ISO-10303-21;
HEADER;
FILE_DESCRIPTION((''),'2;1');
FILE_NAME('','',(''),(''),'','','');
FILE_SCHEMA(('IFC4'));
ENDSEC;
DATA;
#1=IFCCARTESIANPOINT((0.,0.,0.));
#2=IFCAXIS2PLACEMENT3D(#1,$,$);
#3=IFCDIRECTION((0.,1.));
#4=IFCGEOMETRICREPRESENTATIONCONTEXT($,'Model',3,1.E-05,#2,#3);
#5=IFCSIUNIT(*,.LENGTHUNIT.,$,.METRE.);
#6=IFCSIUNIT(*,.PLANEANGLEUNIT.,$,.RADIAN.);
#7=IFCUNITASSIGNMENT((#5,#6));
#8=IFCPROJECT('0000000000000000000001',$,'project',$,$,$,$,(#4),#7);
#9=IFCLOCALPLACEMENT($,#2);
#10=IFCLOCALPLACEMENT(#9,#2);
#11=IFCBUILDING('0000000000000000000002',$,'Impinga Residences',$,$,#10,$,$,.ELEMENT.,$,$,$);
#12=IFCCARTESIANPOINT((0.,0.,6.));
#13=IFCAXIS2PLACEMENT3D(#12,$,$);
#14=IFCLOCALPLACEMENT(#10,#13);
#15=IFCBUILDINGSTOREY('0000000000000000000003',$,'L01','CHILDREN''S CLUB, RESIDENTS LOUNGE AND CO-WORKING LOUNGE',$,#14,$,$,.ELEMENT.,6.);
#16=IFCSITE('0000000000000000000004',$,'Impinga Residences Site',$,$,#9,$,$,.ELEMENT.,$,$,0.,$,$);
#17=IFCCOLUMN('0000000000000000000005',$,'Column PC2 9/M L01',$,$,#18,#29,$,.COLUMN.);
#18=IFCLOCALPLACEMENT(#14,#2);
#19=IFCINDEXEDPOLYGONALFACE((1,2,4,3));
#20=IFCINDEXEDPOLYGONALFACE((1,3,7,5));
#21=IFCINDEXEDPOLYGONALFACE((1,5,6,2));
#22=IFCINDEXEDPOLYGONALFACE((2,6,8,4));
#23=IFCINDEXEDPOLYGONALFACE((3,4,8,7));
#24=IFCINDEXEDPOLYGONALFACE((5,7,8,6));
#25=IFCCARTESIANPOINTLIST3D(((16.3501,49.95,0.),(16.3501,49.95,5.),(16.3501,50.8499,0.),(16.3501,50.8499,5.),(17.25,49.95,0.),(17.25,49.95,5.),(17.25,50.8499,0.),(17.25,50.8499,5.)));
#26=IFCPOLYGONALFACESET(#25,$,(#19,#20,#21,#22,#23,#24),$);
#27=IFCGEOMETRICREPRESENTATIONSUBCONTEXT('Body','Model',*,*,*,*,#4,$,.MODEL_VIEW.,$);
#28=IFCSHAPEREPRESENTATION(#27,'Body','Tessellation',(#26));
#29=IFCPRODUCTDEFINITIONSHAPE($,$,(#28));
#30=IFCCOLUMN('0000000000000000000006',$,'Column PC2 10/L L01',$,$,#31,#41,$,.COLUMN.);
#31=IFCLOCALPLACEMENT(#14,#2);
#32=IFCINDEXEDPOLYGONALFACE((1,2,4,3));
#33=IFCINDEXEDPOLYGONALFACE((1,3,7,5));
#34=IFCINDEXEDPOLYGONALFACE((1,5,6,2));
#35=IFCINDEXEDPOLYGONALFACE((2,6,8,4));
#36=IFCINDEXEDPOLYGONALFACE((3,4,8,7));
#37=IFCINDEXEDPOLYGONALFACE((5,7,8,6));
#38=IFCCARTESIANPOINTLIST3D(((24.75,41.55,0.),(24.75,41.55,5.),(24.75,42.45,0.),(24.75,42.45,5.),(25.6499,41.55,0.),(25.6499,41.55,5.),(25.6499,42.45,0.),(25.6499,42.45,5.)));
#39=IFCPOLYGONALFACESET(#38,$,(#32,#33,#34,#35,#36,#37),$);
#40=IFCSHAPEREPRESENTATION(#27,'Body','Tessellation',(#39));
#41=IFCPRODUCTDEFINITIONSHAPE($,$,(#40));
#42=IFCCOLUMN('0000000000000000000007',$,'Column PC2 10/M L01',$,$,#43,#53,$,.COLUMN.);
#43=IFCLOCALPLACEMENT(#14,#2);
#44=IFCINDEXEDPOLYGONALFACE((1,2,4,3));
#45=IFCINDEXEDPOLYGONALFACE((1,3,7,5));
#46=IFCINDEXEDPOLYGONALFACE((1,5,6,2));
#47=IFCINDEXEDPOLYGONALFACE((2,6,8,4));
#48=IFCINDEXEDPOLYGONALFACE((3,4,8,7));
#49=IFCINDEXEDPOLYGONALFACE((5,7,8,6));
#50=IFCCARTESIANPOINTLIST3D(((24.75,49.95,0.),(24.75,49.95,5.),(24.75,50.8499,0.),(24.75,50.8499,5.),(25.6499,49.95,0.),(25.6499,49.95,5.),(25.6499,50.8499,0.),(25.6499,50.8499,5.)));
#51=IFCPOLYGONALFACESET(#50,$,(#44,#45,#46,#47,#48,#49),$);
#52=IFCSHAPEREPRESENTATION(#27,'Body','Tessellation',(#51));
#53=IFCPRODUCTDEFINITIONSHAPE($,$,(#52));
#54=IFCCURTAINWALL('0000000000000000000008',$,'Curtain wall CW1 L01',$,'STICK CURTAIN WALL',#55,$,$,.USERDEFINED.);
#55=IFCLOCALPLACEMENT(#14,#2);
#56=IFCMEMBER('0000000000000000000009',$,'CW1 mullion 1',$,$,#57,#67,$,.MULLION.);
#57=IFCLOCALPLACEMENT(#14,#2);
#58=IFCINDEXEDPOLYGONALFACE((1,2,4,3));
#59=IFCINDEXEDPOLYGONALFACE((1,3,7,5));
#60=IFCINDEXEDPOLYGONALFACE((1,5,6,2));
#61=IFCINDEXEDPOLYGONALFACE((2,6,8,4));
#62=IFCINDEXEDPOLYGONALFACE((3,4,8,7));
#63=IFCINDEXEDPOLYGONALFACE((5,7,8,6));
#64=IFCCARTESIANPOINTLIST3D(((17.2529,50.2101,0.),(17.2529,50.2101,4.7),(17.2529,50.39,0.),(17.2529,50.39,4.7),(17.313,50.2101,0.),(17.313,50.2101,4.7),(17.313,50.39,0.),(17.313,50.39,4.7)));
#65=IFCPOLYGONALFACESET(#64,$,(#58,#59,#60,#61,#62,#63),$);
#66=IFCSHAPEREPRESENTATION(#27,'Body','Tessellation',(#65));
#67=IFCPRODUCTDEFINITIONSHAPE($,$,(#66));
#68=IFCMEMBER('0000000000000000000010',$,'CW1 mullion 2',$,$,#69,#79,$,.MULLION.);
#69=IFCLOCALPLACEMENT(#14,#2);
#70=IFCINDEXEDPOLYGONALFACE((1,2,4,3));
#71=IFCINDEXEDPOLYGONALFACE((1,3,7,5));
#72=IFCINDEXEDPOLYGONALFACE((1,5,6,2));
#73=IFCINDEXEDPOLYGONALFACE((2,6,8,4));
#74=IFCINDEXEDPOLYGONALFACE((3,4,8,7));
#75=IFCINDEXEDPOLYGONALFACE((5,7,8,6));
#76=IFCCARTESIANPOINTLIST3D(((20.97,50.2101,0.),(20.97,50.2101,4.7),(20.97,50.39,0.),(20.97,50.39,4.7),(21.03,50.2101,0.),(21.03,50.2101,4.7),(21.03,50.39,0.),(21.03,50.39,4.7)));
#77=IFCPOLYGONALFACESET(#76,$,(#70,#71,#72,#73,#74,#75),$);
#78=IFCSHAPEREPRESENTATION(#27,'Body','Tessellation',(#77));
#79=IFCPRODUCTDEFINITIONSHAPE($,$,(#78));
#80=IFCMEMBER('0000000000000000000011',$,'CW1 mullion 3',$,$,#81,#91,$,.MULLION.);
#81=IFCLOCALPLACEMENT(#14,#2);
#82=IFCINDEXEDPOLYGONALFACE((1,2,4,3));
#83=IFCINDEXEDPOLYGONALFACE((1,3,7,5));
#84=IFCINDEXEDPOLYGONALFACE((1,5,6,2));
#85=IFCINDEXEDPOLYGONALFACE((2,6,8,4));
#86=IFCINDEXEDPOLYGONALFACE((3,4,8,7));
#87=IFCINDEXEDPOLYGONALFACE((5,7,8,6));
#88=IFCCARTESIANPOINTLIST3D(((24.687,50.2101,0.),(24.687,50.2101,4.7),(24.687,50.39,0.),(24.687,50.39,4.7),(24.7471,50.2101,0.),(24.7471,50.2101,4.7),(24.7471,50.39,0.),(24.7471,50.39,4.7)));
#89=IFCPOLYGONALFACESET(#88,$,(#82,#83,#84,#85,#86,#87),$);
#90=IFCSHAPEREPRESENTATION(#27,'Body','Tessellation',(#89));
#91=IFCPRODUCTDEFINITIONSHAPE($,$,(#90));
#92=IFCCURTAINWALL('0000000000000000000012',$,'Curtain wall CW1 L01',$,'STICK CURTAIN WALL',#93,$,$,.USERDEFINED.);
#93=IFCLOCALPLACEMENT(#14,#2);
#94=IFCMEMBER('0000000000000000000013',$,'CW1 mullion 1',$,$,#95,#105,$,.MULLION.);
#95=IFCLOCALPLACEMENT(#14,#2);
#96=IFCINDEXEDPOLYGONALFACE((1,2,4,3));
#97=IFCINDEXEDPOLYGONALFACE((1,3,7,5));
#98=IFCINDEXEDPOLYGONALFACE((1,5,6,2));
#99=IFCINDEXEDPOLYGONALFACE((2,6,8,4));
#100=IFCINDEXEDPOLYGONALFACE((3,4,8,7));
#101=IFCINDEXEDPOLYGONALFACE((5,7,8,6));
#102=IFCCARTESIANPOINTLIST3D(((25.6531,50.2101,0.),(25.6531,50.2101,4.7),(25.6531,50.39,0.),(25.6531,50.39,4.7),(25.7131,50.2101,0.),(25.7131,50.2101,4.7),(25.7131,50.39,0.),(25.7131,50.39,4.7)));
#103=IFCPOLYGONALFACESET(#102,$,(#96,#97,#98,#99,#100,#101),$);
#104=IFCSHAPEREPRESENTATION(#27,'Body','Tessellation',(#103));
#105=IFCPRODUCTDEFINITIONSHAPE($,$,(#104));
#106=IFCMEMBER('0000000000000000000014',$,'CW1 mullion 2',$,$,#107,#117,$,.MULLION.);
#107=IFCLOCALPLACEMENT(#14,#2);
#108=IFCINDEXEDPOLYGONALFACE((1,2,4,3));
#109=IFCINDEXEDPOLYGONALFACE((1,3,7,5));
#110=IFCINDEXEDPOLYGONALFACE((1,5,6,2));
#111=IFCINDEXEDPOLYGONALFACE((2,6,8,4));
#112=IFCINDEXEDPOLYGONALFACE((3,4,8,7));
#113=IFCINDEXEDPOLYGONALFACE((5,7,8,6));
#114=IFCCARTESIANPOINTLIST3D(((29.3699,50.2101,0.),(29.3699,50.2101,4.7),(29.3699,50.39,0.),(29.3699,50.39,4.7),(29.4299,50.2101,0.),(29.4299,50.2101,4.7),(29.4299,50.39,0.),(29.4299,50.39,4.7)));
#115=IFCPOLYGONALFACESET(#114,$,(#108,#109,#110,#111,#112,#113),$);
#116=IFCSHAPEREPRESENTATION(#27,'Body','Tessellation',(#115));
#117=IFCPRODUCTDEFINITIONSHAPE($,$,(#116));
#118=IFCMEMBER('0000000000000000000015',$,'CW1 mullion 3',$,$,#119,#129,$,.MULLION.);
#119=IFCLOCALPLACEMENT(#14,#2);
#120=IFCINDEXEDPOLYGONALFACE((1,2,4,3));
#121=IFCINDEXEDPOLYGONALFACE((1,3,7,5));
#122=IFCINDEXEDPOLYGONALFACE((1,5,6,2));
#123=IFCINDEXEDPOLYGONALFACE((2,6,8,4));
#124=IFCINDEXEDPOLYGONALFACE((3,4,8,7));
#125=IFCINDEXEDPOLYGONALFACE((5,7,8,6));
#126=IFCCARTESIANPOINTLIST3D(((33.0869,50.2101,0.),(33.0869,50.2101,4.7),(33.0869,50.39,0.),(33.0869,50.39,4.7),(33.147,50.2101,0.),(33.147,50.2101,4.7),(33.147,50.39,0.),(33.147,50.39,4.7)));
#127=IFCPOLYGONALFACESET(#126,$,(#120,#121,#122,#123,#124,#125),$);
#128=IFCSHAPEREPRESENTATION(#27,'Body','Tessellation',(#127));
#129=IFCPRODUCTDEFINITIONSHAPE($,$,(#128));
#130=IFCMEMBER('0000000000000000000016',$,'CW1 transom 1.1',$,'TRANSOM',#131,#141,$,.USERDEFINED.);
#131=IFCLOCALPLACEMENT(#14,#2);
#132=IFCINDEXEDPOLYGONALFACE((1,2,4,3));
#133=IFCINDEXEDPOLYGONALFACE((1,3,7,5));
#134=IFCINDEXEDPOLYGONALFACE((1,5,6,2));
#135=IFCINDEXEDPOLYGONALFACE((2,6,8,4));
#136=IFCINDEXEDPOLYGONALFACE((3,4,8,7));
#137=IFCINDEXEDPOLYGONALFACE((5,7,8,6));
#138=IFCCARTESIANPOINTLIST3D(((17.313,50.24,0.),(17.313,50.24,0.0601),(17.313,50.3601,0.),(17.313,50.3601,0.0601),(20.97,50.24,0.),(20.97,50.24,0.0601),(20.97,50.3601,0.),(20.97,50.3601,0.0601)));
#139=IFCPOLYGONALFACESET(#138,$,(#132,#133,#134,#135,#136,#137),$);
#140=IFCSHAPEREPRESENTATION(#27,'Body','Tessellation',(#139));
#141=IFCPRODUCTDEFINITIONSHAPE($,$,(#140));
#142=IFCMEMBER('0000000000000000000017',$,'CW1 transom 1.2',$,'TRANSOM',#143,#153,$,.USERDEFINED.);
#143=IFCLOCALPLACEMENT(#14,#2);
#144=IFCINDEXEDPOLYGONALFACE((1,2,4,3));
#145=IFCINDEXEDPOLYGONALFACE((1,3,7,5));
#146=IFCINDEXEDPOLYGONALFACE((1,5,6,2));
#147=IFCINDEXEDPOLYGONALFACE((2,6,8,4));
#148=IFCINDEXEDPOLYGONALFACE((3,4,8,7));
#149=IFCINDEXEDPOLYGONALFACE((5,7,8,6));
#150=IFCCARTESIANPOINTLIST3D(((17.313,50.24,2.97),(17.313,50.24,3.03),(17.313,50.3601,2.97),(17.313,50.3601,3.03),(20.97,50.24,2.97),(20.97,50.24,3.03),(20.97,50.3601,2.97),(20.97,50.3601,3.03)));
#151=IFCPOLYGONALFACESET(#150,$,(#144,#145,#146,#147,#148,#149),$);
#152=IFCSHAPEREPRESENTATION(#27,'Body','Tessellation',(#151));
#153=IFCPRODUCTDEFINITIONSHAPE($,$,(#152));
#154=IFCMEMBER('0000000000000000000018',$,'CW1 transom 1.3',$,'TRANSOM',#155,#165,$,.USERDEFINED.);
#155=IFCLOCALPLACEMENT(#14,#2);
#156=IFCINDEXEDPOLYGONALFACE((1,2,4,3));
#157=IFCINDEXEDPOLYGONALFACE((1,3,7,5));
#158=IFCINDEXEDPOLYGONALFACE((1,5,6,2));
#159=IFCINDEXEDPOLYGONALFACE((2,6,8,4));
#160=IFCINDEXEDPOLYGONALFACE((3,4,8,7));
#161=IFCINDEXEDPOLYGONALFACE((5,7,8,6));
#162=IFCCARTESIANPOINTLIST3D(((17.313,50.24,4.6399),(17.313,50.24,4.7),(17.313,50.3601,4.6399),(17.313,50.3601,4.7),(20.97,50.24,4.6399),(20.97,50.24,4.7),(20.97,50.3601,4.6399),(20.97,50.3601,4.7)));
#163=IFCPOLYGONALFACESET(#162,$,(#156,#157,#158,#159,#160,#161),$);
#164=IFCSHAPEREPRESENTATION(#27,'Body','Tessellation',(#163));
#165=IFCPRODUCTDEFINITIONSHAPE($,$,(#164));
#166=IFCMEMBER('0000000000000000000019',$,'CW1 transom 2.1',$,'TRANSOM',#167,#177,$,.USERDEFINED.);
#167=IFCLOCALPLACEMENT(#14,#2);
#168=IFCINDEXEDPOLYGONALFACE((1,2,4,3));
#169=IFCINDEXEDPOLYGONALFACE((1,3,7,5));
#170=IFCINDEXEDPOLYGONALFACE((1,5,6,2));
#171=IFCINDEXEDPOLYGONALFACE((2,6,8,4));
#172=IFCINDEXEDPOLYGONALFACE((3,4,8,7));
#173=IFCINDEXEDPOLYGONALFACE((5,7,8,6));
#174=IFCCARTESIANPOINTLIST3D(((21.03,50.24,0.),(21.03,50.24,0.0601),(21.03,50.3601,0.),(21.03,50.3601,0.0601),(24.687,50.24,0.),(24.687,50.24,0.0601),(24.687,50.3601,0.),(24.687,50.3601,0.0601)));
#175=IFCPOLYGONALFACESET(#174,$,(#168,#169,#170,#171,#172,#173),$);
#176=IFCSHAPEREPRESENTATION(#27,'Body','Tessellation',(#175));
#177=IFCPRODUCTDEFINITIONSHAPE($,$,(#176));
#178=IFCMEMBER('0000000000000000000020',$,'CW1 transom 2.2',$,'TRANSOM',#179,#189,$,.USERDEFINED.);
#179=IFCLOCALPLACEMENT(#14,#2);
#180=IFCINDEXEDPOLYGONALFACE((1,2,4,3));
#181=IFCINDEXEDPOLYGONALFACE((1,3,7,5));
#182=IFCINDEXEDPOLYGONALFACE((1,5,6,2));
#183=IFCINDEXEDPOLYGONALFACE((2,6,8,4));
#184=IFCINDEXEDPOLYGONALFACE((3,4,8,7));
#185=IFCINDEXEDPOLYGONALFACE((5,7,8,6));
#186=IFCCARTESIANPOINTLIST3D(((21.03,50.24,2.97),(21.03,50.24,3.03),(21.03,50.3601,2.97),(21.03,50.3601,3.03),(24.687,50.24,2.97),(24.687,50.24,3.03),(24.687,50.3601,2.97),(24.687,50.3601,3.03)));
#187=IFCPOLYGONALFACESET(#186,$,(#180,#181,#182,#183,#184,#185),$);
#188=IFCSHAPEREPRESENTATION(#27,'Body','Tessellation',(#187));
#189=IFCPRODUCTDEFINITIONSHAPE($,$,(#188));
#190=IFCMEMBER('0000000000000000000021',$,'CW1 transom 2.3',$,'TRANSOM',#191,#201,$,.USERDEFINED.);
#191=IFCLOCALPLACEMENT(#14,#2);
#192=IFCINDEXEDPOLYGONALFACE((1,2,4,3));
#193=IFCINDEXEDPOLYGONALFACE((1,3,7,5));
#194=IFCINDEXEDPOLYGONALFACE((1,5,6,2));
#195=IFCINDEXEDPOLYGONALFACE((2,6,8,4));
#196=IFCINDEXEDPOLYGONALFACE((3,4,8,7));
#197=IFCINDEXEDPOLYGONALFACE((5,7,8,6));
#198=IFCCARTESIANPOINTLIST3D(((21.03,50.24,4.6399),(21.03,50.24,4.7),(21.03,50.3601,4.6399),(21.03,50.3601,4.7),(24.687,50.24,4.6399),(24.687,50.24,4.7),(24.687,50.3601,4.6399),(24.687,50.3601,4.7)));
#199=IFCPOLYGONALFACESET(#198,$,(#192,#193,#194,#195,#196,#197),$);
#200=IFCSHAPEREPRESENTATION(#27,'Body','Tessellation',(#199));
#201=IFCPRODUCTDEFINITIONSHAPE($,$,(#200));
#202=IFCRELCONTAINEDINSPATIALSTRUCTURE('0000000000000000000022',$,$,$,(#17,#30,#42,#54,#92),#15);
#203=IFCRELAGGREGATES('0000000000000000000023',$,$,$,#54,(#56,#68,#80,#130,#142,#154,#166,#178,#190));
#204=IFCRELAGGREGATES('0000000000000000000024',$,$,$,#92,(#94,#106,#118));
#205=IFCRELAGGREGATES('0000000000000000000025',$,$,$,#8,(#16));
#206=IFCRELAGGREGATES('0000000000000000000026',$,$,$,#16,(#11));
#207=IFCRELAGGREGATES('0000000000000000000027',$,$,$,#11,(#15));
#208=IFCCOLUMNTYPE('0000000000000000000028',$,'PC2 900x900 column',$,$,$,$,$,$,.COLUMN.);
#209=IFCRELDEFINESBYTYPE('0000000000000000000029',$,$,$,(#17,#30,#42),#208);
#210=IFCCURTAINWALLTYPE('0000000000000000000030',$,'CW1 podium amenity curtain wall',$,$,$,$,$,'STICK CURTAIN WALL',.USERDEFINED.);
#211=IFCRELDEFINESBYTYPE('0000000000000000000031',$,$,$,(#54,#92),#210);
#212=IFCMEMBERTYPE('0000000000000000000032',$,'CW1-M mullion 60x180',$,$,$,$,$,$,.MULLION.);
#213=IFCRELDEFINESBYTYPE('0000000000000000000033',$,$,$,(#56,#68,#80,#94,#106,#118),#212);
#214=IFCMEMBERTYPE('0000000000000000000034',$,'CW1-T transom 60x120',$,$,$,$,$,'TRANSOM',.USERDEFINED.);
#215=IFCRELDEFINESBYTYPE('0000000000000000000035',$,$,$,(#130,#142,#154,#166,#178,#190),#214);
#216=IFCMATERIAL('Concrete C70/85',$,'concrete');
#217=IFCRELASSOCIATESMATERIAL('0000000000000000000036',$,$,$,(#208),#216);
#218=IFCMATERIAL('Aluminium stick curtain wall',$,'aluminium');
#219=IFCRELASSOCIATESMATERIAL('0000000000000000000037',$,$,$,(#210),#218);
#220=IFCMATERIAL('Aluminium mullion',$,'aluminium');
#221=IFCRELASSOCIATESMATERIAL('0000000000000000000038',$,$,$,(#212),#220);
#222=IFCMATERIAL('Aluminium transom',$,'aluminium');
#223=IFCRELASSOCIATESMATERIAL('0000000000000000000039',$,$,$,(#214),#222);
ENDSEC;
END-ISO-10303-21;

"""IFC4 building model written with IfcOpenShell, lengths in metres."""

from ifc_helpers import new_model, si_unit, direction, frame, origin, origin_2d, place, context, subcontext, project, spatial, rectangle, extrude, material, material_profile, profile_set, type_object, element, aggregate, save


model = new_model("IFC4")

# Units and contexts
model_context = context("Model", 3, precision=1e-05, world=origin(), true_north=direction((0.0, 1.0)))
body_context = subcontext(model_context, "Body", "Model", "MODEL_VIEW")
ifc_project = project(units=[si_unit("LENGTHUNIT", "METRE"), si_unit("PLANEANGLEUNIT", "RADIAN")], contexts=[model_context])

# Site, building, storey
site_placement = place(None, origin())
site = spatial("IfcSite", under=ifc_project, at=site_placement, Name="Impinga Residences Site", CompositionType="ELEMENT", RefElevation=0.0)
building_placement = place(site_placement, origin())
building = spatial("IfcBuilding", under=site, at=building_placement, Name="Impinga Residences", CompositionType="ELEMENT")
storey_placement = place(building_placement, frame((0.0, 0.0, 6.0)))
storey = spatial("IfcBuildingStorey", under=building, at=storey_placement, Name="L01", Description="CHILDREN'S CLUB, RESIDENTS LOUNGE AND CO-WORKING LOUNGE", CompositionType="ELEMENT", Elevation=6.0)

# Columns
ifc_material_1 = material(Name="Concrete C70/85", Category="concrete")
ifc_material_profile_1 = material_profile(ifc_material_1, rectangle(XDim=0.8999, YDim=0.8999, at=origin_2d()), Name="RC 900x900")
ifc_profile_set_1 = profile_set([ifc_material_profile_1], Name="Concrete C70/85")
column_type = type_object("IfcColumnType", Name="PC2 900x900 column", PredefinedType="COLUMN", material=ifc_profile_set_1)
for number, where, z_axis, x_axis, name in (
    (1, (16.8, 50.3999, 0.0), (0.0, 0.0, 1.0), (1.0, 0.0, 0.0), "Column PC2 9/M L01"),
    (2, (25.2, 42.0, 0.0), (0.0, 0.0, 1.0), (1.0, 0.0, 0.0), "Column PC2 10/L L01"),
    (3, (25.2, 50.3999, 0.0), (0.0, 0.0, 1.0), (1.0, 0.0, 0.0), "Column PC2 10/M L01"),
):
    element("IfcColumn", number, at=place(storey_placement, frame(where, z_axis=z_axis, x_axis=x_axis)), inside=storey, type_object=column_type, Name=name, PredefinedType="COLUMN", context=body_context, shape_type="SweptSolid", body=[
        extrude(rectangle(XDim=0.8999, YDim=0.8999, at=origin_2d()), origin(), (0.0, 0.0, 1.0), 5.0),
    ])

# Curtain walls, members
ifc_material_2 = material(Name="Aluminium stick curtain wall", Category="aluminium")
curtain_wall_type = type_object("IfcCurtainWallType", Name="CW1 podium amenity curtain wall", ElementType="STICK CURTAIN WALL", PredefinedType="USERDEFINED", material=ifc_material_2)
curtain_wall_1_placement = place(storey_placement, origin())
curtain_wall_1 = element("IfcCurtainWall", 4, at=curtain_wall_1_placement, inside=storey, type_object=curtain_wall_type, Name="Curtain wall CW1 L01", ObjectType="STICK CURTAIN WALL", PredefinedType="USERDEFINED")
ifc_material_3 = material(Name="Aluminium mullion", Category="aluminium")
ifc_material_profile_2 = material_profile(ifc_material_3, rectangle(XDim=0.0601, YDim=0.1799, at=origin_2d()), Name="60x180 mullion")
ifc_profile_set_2 = profile_set([ifc_material_profile_2], Name="Aluminium mullion")
member_type_1 = type_object("IfcMemberType", Name="CW1-M mullion 60x180", PredefinedType="MULLION", material=ifc_profile_set_2)
member_1_placement = place(storey_placement, frame((17.283, 50.3, 0.0), z_axis=(0.0, 0.0, 1.0), x_axis=(1.0, 0.0, 0.0)))
member_1 = element("IfcMember", 5, at=member_1_placement, type_object=member_type_1, Name="CW1 mullion 1", PredefinedType="MULLION", context=body_context, shape_type="SweptSolid", body=[
    extrude(rectangle(XDim=0.0601, YDim=0.1799, at=origin_2d()), origin(), (0.0, 0.0, 1.0), 4.7),
])
member_2_placement = place(storey_placement, frame((21.0, 50.3, 0.0), z_axis=(0.0, 0.0, 1.0), x_axis=(1.0, 0.0, 0.0)))
member_2 = element("IfcMember", 6, at=member_2_placement, type_object=member_type_1, Name="CW1 mullion 2", PredefinedType="MULLION", context=body_context, shape_type="SweptSolid", body=[
    extrude(rectangle(XDim=0.0601, YDim=0.1799, at=origin_2d()), origin(), (0.0, 0.0, 1.0), 4.7),
])
member_3_placement = place(storey_placement, frame((24.717, 50.3, 0.0), z_axis=(0.0, 0.0, 1.0), x_axis=(1.0, 0.0, 0.0)))
member_3 = element("IfcMember", 7, at=member_3_placement, type_object=member_type_1, Name="CW1 mullion 3", PredefinedType="MULLION", context=body_context, shape_type="SweptSolid", body=[
    extrude(rectangle(XDim=0.0601, YDim=0.1799, at=origin_2d()), origin(), (0.0, 0.0, 1.0), 4.7),
])
curtain_wall_2_placement = place(storey_placement, origin())
curtain_wall_2 = element("IfcCurtainWall", 8, at=curtain_wall_2_placement, inside=storey, type_object=curtain_wall_type, Name="Curtain wall CW1 L01", ObjectType="STICK CURTAIN WALL", PredefinedType="USERDEFINED")
member_4_placement = place(storey_placement, frame((25.6831, 50.3, 0.0), z_axis=(0.0, 0.0, 1.0), x_axis=(1.0, 0.0, 0.0)))
member_4 = element("IfcMember", 9, at=member_4_placement, type_object=member_type_1, Name="CW1 mullion 1", PredefinedType="MULLION", context=body_context, shape_type="SweptSolid", body=[
    extrude(rectangle(XDim=0.0601, YDim=0.1799, at=origin_2d()), origin(), (0.0, 0.0, 1.0), 4.7),
])
member_5_placement = place(storey_placement, frame((29.3999, 50.3, 0.0), z_axis=(0.0, 0.0, 1.0), x_axis=(1.0, 0.0, 0.0)))
member_5 = element("IfcMember", 10, at=member_5_placement, type_object=member_type_1, Name="CW1 mullion 2", PredefinedType="MULLION", context=body_context, shape_type="SweptSolid", body=[
    extrude(rectangle(XDim=0.0601, YDim=0.1799, at=origin_2d()), origin(), (0.0, 0.0, 1.0), 4.7),
])
member_6_placement = place(storey_placement, frame((33.1169, 50.3, 0.0), z_axis=(0.0, 0.0, 1.0), x_axis=(1.0, 0.0, 0.0)))
member_6 = element("IfcMember", 11, at=member_6_placement, type_object=member_type_1, Name="CW1 mullion 3", PredefinedType="MULLION", context=body_context, shape_type="SweptSolid", body=[
    extrude(rectangle(XDim=0.0601, YDim=0.1799, at=origin_2d()), origin(), (0.0, 0.0, 1.0), 4.7),
])

# Members
ifc_material_4 = material(Name="Aluminium transom", Category="aluminium")
ifc_material_profile_3 = material_profile(ifc_material_4, rectangle(XDim=0.0601, YDim=0.1201, at=origin_2d()), Name="60x120 transom")
ifc_profile_set_3 = profile_set([ifc_material_profile_3], Name="Aluminium transom")
member_type_2 = type_object("IfcMemberType", Name="CW1-T transom 60x120", ElementType="TRANSOM", PredefinedType="USERDEFINED", material=ifc_profile_set_3)
member_7_placement = place(storey_placement, frame((17.313, 50.3, 0.03), z_axis=(1.0, 0.0, 0.0), x_axis=(0.0, 0.0, 1.0)))
member_7 = element("IfcMember", 12, at=member_7_placement, type_object=member_type_2, Name="CW1 transom 1.1", ObjectType="TRANSOM", PredefinedType="USERDEFINED", context=body_context, shape_type="SweptSolid", body=[
    extrude(rectangle(XDim=0.0601, YDim=0.1201, at=origin_2d()), origin(), (0.0, 0.0, 1.0), 3.657),
])
member_8_placement = place(storey_placement, frame((17.313, 50.3, 3.0), z_axis=(1.0, 0.0, 0.0), x_axis=(0.0, 0.0, 1.0)))
member_8 = element("IfcMember", 13, at=member_8_placement, type_object=member_type_2, Name="CW1 transom 1.2", ObjectType="TRANSOM", PredefinedType="USERDEFINED", context=body_context, shape_type="SweptSolid", body=[
    extrude(rectangle(XDim=0.0601, YDim=0.1201, at=origin_2d()), origin(), (0.0, 0.0, 1.0), 3.657),
])
member_9_placement = place(storey_placement, frame((17.313, 50.3, 4.6699), z_axis=(1.0, 0.0, 0.0), x_axis=(0.0, 0.0, 1.0)))
member_9 = element("IfcMember", 14, at=member_9_placement, type_object=member_type_2, Name="CW1 transom 1.3", ObjectType="TRANSOM", PredefinedType="USERDEFINED", context=body_context, shape_type="SweptSolid", body=[
    extrude(rectangle(XDim=0.0601, YDim=0.1201, at=origin_2d()), origin(), (0.0, 0.0, 1.0), 3.657),
])
member_10_placement = place(storey_placement, frame((21.03, 50.3, 0.03), z_axis=(1.0, 0.0, 0.0), x_axis=(0.0, 0.0, 1.0)))
member_10 = element("IfcMember", 15, at=member_10_placement, type_object=member_type_2, Name="CW1 transom 2.1", ObjectType="TRANSOM", PredefinedType="USERDEFINED", context=body_context, shape_type="SweptSolid", body=[
    extrude(rectangle(XDim=0.0601, YDim=0.1201, at=origin_2d()), origin(), (0.0, 0.0, 1.0), 3.657),
])
member_11_placement = place(storey_placement, frame((21.03, 50.3, 3.0), z_axis=(1.0, 0.0, 0.0), x_axis=(0.0, 0.0, 1.0)))
member_11 = element("IfcMember", 16, at=member_11_placement, type_object=member_type_2, Name="CW1 transom 2.2", ObjectType="TRANSOM", PredefinedType="USERDEFINED", context=body_context, shape_type="SweptSolid", body=[
    extrude(rectangle(XDim=0.0601, YDim=0.1201, at=origin_2d()), origin(), (0.0, 0.0, 1.0), 3.657),
])
member_12_placement = place(storey_placement, frame((21.03, 50.3, 4.6699), z_axis=(1.0, 0.0, 0.0), x_axis=(0.0, 0.0, 1.0)))
member_12 = element("IfcMember", 17, at=member_12_placement, type_object=member_type_2, Name="CW1 transom 2.3", ObjectType="TRANSOM", PredefinedType="USERDEFINED", context=body_context, shape_type="SweptSolid", body=[
    extrude(rectangle(XDim=0.0601, YDim=0.1201, at=origin_2d()), origin(), (0.0, 0.0, 1.0), 3.657),
])

aggregate(curtain_wall_1, [member_1, member_2, member_3, member_7, member_8, member_9, member_10, member_11, member_12])
aggregate(curtain_wall_2, [member_4, member_5, member_6])

save(model, "model.ifc")
